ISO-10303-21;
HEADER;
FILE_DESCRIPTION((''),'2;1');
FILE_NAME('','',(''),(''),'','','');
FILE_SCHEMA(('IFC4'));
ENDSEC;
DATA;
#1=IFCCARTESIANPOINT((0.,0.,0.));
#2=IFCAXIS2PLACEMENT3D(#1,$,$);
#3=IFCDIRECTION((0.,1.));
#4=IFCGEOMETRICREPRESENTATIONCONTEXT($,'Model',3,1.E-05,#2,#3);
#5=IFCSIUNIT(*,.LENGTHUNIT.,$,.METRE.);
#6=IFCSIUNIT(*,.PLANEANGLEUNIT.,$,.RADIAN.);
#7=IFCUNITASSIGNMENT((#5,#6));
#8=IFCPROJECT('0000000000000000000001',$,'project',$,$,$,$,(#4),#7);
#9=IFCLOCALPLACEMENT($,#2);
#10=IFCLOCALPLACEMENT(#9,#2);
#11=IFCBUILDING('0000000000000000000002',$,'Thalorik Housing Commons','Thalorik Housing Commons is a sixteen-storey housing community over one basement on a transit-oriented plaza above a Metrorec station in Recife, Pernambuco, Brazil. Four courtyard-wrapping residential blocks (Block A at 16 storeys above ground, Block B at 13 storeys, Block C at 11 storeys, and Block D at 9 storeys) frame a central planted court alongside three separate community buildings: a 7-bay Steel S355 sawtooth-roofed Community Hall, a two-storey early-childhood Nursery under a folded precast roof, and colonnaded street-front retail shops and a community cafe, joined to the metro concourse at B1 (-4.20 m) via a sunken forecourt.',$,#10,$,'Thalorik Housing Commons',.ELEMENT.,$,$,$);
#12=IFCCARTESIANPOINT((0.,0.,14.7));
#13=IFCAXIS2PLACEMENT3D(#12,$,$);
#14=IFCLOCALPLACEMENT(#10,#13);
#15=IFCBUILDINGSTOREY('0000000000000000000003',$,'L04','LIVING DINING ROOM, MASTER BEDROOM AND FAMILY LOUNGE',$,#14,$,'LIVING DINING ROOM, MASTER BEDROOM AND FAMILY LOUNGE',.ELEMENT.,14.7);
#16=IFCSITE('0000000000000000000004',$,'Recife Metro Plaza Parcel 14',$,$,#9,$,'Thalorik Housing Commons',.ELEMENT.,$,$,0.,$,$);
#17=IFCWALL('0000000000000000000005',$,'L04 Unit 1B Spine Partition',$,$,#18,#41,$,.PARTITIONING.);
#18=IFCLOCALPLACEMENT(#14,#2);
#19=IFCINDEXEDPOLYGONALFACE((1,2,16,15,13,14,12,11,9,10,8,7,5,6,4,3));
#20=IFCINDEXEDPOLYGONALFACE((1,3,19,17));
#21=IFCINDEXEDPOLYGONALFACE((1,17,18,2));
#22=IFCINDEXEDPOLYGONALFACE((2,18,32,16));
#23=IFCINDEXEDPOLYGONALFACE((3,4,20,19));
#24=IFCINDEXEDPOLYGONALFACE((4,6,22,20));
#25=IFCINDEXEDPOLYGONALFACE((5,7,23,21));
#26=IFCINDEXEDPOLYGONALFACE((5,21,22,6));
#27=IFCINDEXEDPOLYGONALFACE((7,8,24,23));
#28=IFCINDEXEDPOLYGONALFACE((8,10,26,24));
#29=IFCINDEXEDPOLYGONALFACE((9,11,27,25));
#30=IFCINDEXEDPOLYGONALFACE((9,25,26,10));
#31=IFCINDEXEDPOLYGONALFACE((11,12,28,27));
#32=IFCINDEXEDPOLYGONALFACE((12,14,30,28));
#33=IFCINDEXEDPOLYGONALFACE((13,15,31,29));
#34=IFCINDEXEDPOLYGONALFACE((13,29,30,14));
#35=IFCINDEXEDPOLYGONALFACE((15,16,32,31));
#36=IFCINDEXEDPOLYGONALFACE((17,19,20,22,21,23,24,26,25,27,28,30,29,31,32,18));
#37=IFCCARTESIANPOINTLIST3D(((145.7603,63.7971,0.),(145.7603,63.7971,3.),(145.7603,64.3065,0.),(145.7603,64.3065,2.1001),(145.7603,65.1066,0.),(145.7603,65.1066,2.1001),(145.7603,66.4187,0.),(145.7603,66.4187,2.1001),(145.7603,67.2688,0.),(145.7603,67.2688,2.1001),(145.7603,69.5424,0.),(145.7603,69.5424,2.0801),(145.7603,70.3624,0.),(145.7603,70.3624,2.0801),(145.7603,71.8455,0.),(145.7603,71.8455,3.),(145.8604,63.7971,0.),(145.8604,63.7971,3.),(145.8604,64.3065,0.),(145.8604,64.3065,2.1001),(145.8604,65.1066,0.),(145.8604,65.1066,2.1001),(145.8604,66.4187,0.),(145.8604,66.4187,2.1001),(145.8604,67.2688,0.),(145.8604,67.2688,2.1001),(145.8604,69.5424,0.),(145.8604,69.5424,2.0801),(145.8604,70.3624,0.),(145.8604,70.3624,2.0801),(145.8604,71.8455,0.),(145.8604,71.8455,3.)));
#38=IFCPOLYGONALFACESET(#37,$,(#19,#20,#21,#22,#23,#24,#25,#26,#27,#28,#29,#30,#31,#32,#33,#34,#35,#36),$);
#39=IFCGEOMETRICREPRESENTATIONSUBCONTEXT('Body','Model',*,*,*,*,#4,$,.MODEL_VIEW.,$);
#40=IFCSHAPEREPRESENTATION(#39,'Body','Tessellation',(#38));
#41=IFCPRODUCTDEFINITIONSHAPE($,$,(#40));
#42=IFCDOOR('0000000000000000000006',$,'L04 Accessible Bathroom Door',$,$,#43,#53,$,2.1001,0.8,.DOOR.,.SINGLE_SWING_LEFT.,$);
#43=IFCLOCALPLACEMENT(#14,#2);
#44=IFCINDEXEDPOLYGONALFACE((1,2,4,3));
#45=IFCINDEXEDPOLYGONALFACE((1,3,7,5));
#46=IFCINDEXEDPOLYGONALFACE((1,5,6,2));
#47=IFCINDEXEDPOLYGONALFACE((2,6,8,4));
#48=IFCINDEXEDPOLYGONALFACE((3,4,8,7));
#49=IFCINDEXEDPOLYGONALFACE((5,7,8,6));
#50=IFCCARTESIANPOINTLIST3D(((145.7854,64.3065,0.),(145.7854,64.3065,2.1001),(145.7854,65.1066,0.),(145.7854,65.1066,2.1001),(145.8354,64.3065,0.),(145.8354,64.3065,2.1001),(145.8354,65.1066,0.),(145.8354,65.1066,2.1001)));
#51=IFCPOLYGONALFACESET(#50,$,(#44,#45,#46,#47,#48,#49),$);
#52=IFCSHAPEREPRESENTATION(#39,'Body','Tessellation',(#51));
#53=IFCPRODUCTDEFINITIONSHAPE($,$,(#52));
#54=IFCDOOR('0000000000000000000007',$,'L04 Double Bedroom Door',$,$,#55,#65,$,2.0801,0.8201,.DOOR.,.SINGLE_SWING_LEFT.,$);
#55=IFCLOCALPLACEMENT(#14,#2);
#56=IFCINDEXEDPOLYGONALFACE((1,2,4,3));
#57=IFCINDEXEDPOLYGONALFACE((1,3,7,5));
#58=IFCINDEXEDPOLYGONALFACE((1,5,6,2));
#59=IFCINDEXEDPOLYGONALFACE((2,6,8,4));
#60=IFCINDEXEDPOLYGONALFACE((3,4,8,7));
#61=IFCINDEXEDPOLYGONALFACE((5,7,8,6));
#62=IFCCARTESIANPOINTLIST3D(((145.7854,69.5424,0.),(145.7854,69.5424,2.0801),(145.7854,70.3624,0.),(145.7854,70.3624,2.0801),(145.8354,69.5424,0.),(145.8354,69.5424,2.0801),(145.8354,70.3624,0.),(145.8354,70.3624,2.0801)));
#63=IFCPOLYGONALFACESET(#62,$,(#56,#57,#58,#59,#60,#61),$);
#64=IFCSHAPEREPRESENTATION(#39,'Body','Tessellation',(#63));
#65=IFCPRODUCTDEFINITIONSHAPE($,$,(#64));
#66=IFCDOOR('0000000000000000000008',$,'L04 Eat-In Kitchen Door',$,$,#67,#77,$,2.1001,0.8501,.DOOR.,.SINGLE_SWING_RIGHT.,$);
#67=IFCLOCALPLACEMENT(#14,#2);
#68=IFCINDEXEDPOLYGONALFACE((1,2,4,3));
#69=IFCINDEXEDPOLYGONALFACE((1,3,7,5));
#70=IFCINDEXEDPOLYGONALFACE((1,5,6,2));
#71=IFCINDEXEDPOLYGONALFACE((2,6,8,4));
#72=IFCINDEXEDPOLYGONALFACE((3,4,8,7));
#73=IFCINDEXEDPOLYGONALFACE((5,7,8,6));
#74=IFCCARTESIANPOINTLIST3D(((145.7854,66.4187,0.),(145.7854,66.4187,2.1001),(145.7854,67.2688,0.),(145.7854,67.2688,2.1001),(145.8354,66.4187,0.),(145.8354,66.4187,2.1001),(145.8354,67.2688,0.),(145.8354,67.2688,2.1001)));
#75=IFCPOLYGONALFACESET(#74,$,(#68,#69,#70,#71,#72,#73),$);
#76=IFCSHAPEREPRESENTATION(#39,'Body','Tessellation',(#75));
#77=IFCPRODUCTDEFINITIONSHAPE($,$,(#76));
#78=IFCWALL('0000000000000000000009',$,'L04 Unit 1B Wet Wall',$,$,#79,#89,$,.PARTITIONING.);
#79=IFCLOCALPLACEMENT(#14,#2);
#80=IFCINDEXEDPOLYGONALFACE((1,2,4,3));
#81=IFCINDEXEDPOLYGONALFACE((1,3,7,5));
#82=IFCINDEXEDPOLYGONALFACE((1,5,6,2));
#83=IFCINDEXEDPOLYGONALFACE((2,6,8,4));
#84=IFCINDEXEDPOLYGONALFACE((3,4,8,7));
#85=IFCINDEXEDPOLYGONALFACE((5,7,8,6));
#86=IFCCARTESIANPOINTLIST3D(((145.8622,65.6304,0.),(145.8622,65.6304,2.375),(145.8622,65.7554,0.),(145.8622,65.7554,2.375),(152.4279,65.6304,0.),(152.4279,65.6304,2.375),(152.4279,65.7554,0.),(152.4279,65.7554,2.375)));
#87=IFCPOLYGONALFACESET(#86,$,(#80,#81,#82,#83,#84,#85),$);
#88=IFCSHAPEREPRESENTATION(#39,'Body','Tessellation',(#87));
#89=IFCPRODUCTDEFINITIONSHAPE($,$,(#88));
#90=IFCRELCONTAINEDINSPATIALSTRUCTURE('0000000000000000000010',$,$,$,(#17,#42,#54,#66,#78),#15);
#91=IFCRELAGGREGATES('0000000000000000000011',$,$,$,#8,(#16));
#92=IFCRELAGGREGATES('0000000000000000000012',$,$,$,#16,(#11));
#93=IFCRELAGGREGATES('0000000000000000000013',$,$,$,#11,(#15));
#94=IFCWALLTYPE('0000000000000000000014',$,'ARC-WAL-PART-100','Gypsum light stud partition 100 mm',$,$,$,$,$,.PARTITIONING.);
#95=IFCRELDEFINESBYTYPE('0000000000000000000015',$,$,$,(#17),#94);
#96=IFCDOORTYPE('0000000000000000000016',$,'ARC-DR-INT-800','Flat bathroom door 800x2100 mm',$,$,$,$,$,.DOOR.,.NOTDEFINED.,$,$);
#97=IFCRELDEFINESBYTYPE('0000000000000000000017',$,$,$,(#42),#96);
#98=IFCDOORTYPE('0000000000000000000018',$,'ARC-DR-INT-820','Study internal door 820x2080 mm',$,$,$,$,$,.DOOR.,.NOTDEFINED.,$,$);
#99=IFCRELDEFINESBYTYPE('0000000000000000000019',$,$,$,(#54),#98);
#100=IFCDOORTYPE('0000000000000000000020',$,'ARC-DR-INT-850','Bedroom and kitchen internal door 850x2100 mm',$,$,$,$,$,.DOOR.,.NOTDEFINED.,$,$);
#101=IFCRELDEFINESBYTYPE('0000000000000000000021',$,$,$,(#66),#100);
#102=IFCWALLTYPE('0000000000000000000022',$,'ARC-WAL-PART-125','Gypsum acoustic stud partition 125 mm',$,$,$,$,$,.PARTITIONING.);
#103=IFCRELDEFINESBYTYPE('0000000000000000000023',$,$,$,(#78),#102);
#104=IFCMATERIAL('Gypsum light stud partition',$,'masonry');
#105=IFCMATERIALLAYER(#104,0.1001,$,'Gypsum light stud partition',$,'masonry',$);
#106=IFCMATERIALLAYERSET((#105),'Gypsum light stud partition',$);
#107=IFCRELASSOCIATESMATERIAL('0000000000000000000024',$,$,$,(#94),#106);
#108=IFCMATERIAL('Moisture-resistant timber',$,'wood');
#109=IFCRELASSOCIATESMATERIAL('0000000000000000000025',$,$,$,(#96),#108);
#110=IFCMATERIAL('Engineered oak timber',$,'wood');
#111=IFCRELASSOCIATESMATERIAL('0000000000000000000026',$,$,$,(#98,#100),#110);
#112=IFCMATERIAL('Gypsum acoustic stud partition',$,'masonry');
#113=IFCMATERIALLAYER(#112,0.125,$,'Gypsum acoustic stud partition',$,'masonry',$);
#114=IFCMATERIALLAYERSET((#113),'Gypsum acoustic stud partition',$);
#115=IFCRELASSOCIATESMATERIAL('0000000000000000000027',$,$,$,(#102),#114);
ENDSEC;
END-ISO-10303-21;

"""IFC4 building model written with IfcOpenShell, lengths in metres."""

from ifc_helpers import new_model, si_unit, direction, frame, frame_2d, origin, place, context, subcontext, project, spatial, rectangle, extrude, material, layer, layer_set, type_object, element, fill, save


model = new_model("IFC4")

# Units and contexts
model_context = context("Model", 3, precision=1e-05, world=origin(), true_north=direction((0.0, 1.0)))
body_context = subcontext(model_context, "Body", "Model", "MODEL_VIEW")
ifc_project = project(units=[si_unit("LENGTHUNIT", "METRE"), si_unit("PLANEANGLEUNIT", "RADIAN")], contexts=[model_context])

# Site, building, storey
site_placement = place(None, origin())
site = spatial("IfcSite", under=ifc_project, at=site_placement, Name="Recife Metro Plaza Parcel 14", LongName="Thalorik Housing Commons", CompositionType="ELEMENT", RefElevation=0.0)
building_placement = place(site_placement, origin())
building = spatial("IfcBuilding", under=site, at=building_placement, Name="Thalorik Housing Commons", Description="Thalorik Housing Commons is a sixteen-storey housing community over one basement on a transit-oriented plaza above a Metrorec station in Recife, Pernambuco, Brazil. Four courtyard-wrapping residential blocks (Block A at 16 storeys above ground, Block B at 13 storeys, Block C at 11 storeys, and Block D at 9 storeys) frame a central planted court alongside three separate community buildings: a 7-bay Steel S355 sawtooth-roofed Community Hall, a two-storey early-childhood Nursery under a folded precast roof, and colonnaded street-front retail shops and a community cafe, joined to the metro concourse at B1 (-4.20 m) via a sunken forecourt.", LongName="Thalorik Housing Commons", CompositionType="ELEMENT")
storey_placement = place(building_placement, frame((0.0, 0.0, 14.7)))
storey = spatial("IfcBuildingStorey", under=building, at=storey_placement, Name="L04", Description="LIVING DINING ROOM, MASTER BEDROOM AND FAMILY LOUNGE", LongName="LIVING DINING ROOM, MASTER BEDROOM AND FAMILY LOUNGE", CompositionType="ELEMENT", Elevation=14.7)

# Wall, openings, doors
ifc_material_1 = material(Name="Gypsum light stud partition", Category="masonry")
ifc_layer_1 = layer(ifc_material_1, 0.1001, Name="Gypsum light stud partition", Category="masonry")
ifc_layer_set_1 = layer_set([ifc_layer_1], Name="Gypsum light stud partition")
wall_type_1 = type_object("IfcWallType", Name="ARC-WAL-PART-100", Description="Gypsum light stud partition 100 mm", PredefinedType="PARTITIONING", material=ifc_layer_set_1)
wall_1_placement = place(storey_placement, frame((145.8103, 63.7971, 0.0), z_axis=(0.0, 0.0, 1.0), x_axis=(0.0, 1.0, 0.0)))
wall_1 = element("IfcWall", 1, at=wall_1_placement, inside=storey, type_object=wall_type_1, Name="L04 Unit 1B Spine Partition", PredefinedType="PARTITIONING", context=body_context, shape_type="SweptSolid", body=[
    extrude(rectangle(XDim=8.0483, YDim=0.1001, at=frame_2d((4.0242, 0.0))), origin(), (0.0, 0.0, 1.0), 3.0),
])
opening_1_placement = place(wall_1_placement, frame((0.5095, 0.0, 0.0)))
opening_1 = element("IfcOpeningElement", 2, at=opening_1_placement, cuts=wall_1, PredefinedType="OPENING", context=body_context, shape_type="SweptSolid", body=[
    extrude(rectangle(XDim=0.8, YDim=2.1001, at=frame_2d((0.3999, 1.05))), frame((0.0, 0.0601, 0.0), z_axis=(0.0, -1.0, 0.0), x_axis=(1.0, 0.0, 0.0)), (0.0, 0.0, 1.0), 0.1201),
])
opening_2_placement = place(wall_1_placement, frame((2.6216, 0.0, 0.0)))
opening_2 = element("IfcOpeningElement", 3, at=opening_2_placement, cuts=wall_1, PredefinedType="OPENING", context=body_context, shape_type="SweptSolid", body=[
    extrude(rectangle(XDim=0.8501, YDim=2.1001, at=frame_2d((0.425, 1.05))), frame((0.0, 0.0601, 0.0), z_axis=(0.0, -1.0, 0.0), x_axis=(1.0, 0.0, 0.0)), (0.0, 0.0, 1.0), 0.1201),
])
opening_3_placement = place(wall_1_placement, frame((5.7451, 0.0, 0.0)))
opening_3 = element("IfcOpeningElement", 4, at=opening_3_placement, cuts=wall_1, PredefinedType="OPENING", context=body_context, shape_type="SweptSolid", body=[
    extrude(rectangle(XDim=0.8201, YDim=2.0801, at=frame_2d((0.4102, 1.04))), frame((0.0, 0.0601, 0.0), z_axis=(0.0, -1.0, 0.0), x_axis=(1.0, 0.0, 0.0)), (0.0, 0.0, 1.0), 0.1201),
])
ifc_material_2 = material(Name="Moisture-resistant timber", Category="wood")
door_type_1 = type_object("IfcDoorType", Name="ARC-DR-INT-800", Description="Flat bathroom door 800x2100 mm", OperationType="NOTDEFINED", PredefinedType="DOOR", material=ifc_material_2)
door_1_placement = place(opening_1_placement, origin())
door_1 = element("IfcDoor", 5, at=door_1_placement, inside=storey, type_object=door_type_1, Name="L04 Accessible Bathroom Door", OperationType="SINGLE_SWING_LEFT", OverallHeight=2.1001, OverallWidth=0.8, PredefinedType="DOOR", context=body_context, shape_type="SweptSolid", body=[
    extrude(rectangle(XDim=0.8, YDim=2.1001, at=frame_2d((0.3999, 1.05))), frame((0.0, 0.0249, 0.0), z_axis=(0.0, -1.0, 0.0), x_axis=(1.0, 0.0, 0.0)), (0.0, 0.0, 1.0), 0.05),
])
fill(opening_1, door_1)
ifc_material_3 = material(Name="Engineered oak timber", Category="wood")
door_type_2 = type_object("IfcDoorType", Name="ARC-DR-INT-820", Description="Study internal door 820x2080 mm", OperationType="NOTDEFINED", PredefinedType="DOOR", material=ifc_material_3)
door_2_placement = place(opening_3_placement, origin())
door_2 = element("IfcDoor", 6, at=door_2_placement, inside=storey, type_object=door_type_2, Name="L04 Double Bedroom Door", OperationType="SINGLE_SWING_LEFT", OverallHeight=2.0801, OverallWidth=0.8201, PredefinedType="DOOR", context=body_context, shape_type="SweptSolid", body=[
    extrude(rectangle(XDim=0.8201, YDim=2.0801, at=frame_2d((0.4102, 1.04))), frame((0.0, 0.0249, 0.0), z_axis=(0.0, -1.0, 0.0), x_axis=(1.0, 0.0, 0.0)), (0.0, 0.0, 1.0), 0.05),
])
fill(opening_3, door_2)
door_type_3 = type_object("IfcDoorType", Name="ARC-DR-INT-850", Description="Bedroom and kitchen internal door 850x2100 mm", OperationType="NOTDEFINED", PredefinedType="DOOR", material=ifc_material_3)
door_3_placement = place(opening_2_placement, origin())
door_3 = element("IfcDoor", 7, at=door_3_placement, inside=storey, type_object=door_type_3, Name="L04 Eat-In Kitchen Door", OperationType="SINGLE_SWING_RIGHT", OverallHeight=2.1001, OverallWidth=0.8501, PredefinedType="DOOR", context=body_context, shape_type="SweptSolid", body=[
    extrude(rectangle(XDim=0.8501, YDim=2.1001, at=frame_2d((0.425, 1.05))), frame((0.0, 0.0249, 0.0), z_axis=(0.0, -1.0, 0.0), x_axis=(1.0, 0.0, 0.0)), (0.0, 0.0, 1.0), 0.05),
])
fill(opening_2, door_3)

# Wall
ifc_material_4 = material(Name="Gypsum acoustic stud partition", Category="masonry")
ifc_layer_2 = layer(ifc_material_4, 0.125, Name="Gypsum acoustic stud partition", Category="masonry")
ifc_layer_set_2 = layer_set([ifc_layer_2], Name="Gypsum acoustic stud partition")
wall_type_2 = type_object("IfcWallType", Name="ARC-WAL-PART-125", Description="Gypsum acoustic stud partition 125 mm", PredefinedType="PARTITIONING", material=ifc_layer_set_2)
wall_2_placement = place(storey_placement, frame((145.8623, 65.6929, 0.0), z_axis=(0.0, 0.0, 1.0), x_axis=(1.0, 0.0, 0.0)))
element("IfcWall", 8, at=wall_2_placement, inside=storey, type_object=wall_type_2, Name="L04 Unit 1B Wet Wall", PredefinedType="PARTITIONING", context=body_context, shape_type="SweptSolid", body=[
    extrude(rectangle(XDim=6.5657, YDim=0.125, at=frame_2d((3.2827, 0.0))), origin(), (0.0, 0.0, 1.0), 2.375),
])

save(model, "model.ifc")
